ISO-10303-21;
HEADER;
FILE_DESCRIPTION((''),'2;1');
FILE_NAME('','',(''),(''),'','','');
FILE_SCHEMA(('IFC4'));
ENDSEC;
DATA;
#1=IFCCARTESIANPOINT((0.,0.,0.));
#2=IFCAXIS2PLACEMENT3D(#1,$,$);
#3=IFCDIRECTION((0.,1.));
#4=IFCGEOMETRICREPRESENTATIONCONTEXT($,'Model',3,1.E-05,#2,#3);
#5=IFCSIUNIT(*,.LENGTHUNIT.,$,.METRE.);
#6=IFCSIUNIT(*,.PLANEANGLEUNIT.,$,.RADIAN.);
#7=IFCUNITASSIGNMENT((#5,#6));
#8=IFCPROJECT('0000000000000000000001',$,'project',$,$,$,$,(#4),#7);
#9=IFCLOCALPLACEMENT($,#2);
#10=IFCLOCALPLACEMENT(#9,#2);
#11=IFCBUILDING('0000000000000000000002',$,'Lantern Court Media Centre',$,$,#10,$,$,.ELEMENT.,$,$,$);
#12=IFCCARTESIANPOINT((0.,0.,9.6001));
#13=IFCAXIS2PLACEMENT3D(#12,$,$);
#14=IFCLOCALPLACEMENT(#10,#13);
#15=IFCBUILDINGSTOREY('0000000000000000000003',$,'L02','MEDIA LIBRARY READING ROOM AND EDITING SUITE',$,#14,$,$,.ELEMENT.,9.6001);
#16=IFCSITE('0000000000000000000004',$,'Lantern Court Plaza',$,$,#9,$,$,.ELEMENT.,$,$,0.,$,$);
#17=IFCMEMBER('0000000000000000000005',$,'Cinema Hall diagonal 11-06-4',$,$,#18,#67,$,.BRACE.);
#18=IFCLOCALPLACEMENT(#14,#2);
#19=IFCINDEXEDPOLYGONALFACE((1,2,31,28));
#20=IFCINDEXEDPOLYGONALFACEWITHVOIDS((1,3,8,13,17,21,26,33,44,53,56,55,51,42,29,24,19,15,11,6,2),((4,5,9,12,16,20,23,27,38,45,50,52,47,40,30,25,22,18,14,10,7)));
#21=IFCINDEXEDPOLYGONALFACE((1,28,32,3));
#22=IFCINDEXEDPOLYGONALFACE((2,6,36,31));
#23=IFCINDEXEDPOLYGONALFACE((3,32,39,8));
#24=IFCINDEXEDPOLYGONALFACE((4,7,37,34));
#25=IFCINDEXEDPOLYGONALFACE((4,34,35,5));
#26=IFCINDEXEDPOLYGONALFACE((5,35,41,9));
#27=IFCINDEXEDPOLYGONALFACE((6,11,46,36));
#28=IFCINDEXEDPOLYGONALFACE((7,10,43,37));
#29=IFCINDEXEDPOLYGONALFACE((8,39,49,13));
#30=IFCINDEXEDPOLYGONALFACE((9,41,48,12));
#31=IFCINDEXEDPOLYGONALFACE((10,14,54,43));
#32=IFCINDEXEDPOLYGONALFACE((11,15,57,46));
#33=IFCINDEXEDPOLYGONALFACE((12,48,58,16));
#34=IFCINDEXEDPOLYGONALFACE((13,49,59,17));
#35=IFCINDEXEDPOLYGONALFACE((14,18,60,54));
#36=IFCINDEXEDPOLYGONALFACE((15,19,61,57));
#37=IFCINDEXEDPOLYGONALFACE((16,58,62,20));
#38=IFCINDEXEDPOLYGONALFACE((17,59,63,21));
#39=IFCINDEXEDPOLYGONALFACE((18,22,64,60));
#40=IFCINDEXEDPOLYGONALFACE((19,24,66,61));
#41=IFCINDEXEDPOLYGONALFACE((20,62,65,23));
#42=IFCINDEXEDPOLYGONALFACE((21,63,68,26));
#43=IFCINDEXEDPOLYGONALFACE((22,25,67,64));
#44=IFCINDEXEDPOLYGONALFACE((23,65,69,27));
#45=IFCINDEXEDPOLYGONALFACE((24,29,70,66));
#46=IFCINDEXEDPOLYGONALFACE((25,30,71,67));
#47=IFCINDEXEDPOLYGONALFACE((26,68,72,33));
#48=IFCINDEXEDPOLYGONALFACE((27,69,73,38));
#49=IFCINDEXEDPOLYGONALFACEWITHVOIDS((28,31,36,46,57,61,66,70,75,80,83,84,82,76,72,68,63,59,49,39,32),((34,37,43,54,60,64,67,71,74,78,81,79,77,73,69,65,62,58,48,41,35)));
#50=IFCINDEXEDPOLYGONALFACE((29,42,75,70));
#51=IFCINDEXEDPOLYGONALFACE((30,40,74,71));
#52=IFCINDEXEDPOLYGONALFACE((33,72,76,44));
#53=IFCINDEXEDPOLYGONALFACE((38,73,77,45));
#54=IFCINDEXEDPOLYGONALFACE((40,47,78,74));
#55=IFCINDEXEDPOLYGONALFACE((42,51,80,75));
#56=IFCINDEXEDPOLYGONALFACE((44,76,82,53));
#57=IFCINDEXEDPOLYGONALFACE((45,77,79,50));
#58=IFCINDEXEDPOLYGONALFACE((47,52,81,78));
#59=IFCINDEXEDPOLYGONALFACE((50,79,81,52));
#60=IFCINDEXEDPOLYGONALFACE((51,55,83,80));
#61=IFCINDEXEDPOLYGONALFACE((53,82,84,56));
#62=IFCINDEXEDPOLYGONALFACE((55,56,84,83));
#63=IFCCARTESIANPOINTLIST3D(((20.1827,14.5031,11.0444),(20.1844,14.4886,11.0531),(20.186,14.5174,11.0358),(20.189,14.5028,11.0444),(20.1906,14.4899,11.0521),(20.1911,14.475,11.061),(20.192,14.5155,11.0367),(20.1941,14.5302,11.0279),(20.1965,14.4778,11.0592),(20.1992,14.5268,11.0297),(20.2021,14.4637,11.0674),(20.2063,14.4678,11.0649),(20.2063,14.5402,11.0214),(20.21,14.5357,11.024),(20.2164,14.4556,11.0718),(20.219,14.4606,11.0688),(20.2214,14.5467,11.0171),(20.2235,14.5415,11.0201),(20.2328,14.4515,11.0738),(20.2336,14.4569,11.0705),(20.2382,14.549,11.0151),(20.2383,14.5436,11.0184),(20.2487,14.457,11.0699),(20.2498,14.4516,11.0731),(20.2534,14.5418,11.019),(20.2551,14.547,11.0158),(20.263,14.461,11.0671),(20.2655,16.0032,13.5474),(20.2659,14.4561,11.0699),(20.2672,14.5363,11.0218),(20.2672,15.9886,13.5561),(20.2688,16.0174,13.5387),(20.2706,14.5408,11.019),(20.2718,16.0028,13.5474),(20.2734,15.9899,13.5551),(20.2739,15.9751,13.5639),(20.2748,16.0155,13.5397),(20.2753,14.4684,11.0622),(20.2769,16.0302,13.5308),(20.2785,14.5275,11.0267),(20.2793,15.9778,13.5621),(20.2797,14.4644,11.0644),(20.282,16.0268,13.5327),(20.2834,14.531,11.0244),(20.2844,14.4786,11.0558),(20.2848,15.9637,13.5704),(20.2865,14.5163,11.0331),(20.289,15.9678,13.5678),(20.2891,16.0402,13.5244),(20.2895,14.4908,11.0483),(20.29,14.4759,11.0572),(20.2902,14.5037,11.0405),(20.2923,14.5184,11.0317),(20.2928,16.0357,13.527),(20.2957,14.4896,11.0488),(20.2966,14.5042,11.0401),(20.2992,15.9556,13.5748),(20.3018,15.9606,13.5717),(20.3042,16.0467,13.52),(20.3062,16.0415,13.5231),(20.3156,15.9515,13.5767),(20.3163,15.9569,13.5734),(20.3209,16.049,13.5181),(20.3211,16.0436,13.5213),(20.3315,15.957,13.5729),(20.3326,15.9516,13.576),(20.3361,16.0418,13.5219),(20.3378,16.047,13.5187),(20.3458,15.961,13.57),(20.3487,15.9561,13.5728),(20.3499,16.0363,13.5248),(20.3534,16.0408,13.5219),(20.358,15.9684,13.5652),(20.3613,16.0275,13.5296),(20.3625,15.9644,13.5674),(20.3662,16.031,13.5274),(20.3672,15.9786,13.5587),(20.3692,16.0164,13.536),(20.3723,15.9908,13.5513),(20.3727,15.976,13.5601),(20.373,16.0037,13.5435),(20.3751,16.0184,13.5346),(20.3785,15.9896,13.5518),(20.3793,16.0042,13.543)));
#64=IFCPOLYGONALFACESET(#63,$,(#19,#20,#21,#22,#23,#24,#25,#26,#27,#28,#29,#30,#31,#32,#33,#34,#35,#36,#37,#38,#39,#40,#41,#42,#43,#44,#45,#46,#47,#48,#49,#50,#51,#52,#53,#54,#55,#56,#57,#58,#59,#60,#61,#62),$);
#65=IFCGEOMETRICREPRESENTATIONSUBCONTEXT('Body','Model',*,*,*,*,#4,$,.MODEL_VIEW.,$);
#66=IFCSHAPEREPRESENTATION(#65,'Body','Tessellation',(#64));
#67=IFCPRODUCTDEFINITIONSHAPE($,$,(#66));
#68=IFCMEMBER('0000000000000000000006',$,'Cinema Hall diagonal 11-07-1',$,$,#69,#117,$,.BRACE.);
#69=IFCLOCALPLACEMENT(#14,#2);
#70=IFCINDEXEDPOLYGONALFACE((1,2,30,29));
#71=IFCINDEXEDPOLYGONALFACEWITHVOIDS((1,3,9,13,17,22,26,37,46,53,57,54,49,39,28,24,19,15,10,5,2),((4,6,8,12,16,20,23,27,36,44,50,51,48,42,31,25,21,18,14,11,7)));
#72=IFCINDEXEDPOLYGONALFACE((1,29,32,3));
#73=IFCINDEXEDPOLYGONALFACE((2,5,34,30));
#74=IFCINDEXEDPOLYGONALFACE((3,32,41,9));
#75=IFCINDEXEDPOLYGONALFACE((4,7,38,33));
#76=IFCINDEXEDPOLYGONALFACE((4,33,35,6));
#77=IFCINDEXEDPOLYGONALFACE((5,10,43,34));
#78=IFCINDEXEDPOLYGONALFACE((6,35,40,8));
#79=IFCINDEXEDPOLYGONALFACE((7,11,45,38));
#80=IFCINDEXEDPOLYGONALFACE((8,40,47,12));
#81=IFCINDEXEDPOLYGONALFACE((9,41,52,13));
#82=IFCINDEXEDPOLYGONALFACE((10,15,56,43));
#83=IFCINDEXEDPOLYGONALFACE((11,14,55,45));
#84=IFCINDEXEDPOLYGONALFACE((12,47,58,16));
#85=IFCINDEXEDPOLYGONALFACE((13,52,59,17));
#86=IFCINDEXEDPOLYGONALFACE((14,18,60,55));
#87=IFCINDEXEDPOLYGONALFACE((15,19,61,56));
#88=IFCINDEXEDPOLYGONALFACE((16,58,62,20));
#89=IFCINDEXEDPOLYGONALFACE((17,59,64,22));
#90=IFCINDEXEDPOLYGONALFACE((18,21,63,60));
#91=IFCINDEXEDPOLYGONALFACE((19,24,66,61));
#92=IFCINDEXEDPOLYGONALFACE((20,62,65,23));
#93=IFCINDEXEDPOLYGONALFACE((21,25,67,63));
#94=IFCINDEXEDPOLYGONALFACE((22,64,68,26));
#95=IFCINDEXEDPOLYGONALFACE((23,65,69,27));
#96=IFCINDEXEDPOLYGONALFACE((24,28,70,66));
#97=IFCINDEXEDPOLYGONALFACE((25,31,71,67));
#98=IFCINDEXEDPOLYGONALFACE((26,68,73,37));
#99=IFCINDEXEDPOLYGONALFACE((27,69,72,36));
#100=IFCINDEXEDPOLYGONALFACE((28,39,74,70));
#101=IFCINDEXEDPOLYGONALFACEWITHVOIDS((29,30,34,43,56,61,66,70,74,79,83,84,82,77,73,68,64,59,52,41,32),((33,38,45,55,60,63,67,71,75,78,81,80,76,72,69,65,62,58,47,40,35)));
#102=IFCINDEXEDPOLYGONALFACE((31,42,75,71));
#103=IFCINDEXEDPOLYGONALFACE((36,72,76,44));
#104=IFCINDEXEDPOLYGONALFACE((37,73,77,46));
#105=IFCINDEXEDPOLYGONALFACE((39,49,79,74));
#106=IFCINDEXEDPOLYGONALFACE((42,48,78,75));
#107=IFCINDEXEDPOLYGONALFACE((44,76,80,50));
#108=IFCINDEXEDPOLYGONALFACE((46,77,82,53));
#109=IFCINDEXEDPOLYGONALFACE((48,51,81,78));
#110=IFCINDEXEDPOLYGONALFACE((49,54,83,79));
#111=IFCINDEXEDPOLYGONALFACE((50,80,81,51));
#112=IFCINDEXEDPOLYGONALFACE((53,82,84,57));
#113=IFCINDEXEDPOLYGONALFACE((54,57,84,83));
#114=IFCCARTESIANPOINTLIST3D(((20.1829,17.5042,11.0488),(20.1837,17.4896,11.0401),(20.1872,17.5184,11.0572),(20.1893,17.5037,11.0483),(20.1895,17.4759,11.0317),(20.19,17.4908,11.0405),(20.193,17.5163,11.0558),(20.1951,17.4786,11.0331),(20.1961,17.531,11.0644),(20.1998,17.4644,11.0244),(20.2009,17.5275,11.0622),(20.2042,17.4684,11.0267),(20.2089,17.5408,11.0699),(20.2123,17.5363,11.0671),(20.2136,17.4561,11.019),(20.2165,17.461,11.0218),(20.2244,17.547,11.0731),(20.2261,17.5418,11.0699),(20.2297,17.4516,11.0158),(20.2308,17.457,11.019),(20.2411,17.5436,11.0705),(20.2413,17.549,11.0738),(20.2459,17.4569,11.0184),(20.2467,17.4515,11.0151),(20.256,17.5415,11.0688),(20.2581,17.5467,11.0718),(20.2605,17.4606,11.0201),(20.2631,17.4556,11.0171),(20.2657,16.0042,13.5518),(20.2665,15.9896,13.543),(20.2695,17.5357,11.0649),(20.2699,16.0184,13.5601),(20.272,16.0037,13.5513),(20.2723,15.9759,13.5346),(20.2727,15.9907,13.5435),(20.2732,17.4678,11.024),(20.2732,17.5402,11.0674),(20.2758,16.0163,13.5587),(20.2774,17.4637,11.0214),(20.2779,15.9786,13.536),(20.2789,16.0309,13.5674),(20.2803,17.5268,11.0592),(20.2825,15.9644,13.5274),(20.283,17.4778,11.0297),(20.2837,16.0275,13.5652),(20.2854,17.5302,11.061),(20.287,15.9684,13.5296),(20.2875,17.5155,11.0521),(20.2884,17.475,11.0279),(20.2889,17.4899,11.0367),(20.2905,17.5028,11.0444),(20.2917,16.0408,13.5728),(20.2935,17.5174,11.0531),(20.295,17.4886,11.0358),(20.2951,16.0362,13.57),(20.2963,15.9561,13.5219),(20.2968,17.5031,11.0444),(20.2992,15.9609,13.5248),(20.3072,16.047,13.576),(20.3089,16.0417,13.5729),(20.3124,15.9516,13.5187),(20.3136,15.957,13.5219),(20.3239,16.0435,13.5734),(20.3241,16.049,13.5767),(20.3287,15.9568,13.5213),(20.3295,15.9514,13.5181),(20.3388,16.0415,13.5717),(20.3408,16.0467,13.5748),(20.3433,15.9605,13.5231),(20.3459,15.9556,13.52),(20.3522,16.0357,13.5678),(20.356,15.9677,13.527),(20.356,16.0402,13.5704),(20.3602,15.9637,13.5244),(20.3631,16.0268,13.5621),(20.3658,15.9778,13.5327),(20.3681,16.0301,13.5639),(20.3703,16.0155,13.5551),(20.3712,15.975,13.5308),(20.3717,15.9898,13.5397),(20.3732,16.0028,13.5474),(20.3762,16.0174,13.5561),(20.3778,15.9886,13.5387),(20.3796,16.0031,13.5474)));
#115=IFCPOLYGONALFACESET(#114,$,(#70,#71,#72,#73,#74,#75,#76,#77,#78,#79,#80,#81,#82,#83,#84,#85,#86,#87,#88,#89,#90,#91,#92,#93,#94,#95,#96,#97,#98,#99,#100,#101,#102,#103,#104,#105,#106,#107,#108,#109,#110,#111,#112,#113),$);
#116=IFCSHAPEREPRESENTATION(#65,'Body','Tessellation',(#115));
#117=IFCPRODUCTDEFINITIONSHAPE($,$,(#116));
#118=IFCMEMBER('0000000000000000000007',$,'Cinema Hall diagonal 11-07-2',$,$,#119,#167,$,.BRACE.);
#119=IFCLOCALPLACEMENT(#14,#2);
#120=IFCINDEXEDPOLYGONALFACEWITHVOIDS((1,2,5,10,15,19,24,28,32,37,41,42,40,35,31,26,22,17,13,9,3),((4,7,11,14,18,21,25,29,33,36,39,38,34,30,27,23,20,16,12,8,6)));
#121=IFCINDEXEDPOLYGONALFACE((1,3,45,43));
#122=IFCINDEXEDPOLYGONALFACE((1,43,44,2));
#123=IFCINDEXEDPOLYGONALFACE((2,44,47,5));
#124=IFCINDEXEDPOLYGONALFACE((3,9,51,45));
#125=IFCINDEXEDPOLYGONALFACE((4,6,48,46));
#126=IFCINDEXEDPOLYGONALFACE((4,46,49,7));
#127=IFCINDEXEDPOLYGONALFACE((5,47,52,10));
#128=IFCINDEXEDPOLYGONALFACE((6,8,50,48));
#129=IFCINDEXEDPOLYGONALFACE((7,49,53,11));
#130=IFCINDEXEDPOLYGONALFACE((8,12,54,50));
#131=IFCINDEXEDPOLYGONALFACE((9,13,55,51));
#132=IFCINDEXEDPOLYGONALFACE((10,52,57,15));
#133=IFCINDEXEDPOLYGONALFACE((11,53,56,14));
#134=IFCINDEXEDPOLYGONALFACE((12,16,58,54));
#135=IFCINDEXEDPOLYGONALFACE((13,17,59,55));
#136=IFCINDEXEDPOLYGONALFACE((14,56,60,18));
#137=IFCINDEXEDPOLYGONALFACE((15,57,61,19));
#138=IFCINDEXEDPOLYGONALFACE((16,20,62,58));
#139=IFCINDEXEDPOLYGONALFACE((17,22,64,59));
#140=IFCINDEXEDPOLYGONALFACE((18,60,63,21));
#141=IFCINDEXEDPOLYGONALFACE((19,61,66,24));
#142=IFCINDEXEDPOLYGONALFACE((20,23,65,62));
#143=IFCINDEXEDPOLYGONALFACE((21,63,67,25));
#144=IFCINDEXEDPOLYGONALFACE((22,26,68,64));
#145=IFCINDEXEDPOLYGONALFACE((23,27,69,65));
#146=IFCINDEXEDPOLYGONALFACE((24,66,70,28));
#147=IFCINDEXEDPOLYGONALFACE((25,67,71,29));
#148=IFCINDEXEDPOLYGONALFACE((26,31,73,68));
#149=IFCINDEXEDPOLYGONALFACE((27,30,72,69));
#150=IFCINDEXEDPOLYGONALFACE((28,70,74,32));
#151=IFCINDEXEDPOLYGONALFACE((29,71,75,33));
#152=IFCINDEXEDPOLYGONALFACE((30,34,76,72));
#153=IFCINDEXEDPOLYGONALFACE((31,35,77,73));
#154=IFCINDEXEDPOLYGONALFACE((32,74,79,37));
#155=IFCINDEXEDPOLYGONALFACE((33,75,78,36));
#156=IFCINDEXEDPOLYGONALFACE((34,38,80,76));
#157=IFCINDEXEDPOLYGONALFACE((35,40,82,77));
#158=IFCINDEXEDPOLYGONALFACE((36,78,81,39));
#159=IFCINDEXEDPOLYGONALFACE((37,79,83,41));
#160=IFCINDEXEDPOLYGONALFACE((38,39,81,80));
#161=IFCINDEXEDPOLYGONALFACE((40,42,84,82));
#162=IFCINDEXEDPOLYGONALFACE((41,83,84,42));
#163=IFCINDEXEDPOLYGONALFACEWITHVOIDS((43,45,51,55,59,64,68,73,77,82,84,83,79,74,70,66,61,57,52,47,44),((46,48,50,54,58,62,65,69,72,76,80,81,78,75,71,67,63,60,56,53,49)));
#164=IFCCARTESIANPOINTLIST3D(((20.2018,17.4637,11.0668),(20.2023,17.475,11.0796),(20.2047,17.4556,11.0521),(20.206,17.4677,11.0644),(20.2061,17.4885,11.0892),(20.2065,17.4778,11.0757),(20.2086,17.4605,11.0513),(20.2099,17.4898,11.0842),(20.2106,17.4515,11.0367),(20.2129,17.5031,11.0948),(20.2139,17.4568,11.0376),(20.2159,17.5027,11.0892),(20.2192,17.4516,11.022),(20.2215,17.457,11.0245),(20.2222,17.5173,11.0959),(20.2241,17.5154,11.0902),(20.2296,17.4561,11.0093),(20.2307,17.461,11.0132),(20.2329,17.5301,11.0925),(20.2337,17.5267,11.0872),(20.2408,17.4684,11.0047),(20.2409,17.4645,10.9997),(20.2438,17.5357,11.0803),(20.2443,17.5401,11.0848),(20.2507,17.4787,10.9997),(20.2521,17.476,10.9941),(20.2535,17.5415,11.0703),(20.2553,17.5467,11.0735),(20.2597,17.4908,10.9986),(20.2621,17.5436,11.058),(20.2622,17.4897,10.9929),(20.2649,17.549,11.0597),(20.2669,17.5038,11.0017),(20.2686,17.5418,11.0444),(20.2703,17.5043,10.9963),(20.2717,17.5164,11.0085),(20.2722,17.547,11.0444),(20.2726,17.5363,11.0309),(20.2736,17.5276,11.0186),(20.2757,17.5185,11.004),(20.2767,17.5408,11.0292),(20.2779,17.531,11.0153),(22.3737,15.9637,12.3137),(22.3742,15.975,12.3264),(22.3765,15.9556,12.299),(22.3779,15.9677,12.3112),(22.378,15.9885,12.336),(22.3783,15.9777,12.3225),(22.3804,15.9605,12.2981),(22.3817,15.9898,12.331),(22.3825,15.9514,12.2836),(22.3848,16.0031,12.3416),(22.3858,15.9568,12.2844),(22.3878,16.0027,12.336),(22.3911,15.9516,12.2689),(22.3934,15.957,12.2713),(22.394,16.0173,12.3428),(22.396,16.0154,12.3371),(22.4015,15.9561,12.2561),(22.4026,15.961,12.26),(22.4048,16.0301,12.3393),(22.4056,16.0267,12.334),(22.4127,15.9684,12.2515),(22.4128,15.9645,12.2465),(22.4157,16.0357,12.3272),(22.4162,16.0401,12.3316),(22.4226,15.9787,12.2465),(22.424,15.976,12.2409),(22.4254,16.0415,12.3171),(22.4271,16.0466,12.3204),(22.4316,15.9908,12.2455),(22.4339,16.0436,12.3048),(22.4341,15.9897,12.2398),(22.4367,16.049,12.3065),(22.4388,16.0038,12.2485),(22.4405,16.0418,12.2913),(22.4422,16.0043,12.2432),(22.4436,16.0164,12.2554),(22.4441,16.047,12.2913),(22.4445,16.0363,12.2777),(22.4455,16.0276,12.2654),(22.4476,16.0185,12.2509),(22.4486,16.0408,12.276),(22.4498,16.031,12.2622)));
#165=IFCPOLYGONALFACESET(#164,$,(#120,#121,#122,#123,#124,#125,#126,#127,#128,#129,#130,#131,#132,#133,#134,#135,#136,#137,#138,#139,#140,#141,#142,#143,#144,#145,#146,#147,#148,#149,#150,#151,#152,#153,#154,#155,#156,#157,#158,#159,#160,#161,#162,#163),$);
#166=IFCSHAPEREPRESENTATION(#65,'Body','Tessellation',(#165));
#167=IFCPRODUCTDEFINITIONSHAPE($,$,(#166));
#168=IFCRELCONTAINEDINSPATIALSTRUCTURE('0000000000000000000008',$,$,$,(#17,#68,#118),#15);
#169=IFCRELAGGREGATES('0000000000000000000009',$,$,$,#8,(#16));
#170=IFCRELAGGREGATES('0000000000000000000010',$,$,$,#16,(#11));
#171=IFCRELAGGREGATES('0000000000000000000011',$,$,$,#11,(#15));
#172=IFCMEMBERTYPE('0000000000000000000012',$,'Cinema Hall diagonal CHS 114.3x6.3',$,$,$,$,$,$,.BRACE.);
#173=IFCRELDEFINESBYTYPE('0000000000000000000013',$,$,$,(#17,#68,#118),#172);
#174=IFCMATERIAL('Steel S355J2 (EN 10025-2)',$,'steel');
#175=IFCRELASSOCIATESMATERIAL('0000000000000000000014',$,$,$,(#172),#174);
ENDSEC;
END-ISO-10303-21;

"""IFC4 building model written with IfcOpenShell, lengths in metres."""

from ifc_helpers import new_model, si_unit, direction, frame, origin, origin_2d, place, context, subcontext, project, spatial, hollow_circle, extrude, material, material_profile, profile_set, type_object, element, save


model = new_model("IFC4")

# Units and contexts
model_context = context("Model", 3, precision=1e-05, world=origin(), true_north=direction((0.0, 1.0)))
body_context = subcontext(model_context, "Body", "Model", "MODEL_VIEW")
ifc_project = project(units=[si_unit("LENGTHUNIT", "METRE"), si_unit("PLANEANGLEUNIT", "RADIAN")], contexts=[model_context])

# Site, building, storey
site_placement = place(None, origin())
site = spatial("IfcSite", under=ifc_project, at=site_placement, Name="Lantern Court Plaza", CompositionType="ELEMENT", RefElevation=0.0)
building_placement = place(site_placement, origin())
building = spatial("IfcBuilding", under=site, at=building_placement, Name="Lantern Court Media Centre", CompositionType="ELEMENT")
storey_placement = place(building_placement, frame((0.0, 0.0, 9.6001)))
storey = spatial("IfcBuildingStorey", under=building, at=storey_placement, Name="L02", Description="MEDIA LIBRARY READING ROOM AND EDITING SUITE", CompositionType="ELEMENT", Elevation=9.6001)

# Members
ifc_material = material(Name="Steel S355J2 (EN 10025-2)", Category="steel")
ifc_material_profile_1 = material_profile(ifc_material, hollow_circle(Radius=0.0571, WallThickness=0.0063, at=origin_2d()), Name="Cinema Hall diagonal CHS 114.3x6.3")
ifc_profile_set_1 = profile_set([ifc_material_profile_1], Name="Steel S355J2 (EN 10025-2)")
member_type_1 = type_object("IfcMemberType", Name="Cinema Hall diagonal CHS 114.3x6.3", PredefinedType="BRACE", material=ifc_profile_set_1)
for number, where, z_axis, x_axis, name in (
    (1, (20.2397, 14.5, 11.0444), (0.028352, 0.513846, 0.857414), (-0.998481, 0.055092, 0.0), "Cinema Hall diagonal 11-06-4"),
    (2, (20.2397, 17.5, 11.0444), (0.028352, -0.513846, 0.857414), (0.998481, 0.055092, 0.0), "Cinema Hall diagonal 11-07-1"),
    (3, (20.2397, 17.5, 11.0444), (0.744002, -0.513843, 0.427115), (0.568286, 0.822831, 0.0), "Cinema Hall diagonal 11-07-2"),
):
    element("IfcMember", number, at=place(storey_placement, frame(where, z_axis=z_axis, x_axis=x_axis)), inside=storey, type_object=member_type_1, Name=name, PredefinedType="BRACE", context=body_context, shape_type="SweptSolid", body=[
        extrude(hollow_circle(Radius=0.0571, WallThickness=0.0063, at=origin_2d()), origin(), (0.0, 0.0, 1.0), 2.9192),
    ])

save(model, "model.ifc")
